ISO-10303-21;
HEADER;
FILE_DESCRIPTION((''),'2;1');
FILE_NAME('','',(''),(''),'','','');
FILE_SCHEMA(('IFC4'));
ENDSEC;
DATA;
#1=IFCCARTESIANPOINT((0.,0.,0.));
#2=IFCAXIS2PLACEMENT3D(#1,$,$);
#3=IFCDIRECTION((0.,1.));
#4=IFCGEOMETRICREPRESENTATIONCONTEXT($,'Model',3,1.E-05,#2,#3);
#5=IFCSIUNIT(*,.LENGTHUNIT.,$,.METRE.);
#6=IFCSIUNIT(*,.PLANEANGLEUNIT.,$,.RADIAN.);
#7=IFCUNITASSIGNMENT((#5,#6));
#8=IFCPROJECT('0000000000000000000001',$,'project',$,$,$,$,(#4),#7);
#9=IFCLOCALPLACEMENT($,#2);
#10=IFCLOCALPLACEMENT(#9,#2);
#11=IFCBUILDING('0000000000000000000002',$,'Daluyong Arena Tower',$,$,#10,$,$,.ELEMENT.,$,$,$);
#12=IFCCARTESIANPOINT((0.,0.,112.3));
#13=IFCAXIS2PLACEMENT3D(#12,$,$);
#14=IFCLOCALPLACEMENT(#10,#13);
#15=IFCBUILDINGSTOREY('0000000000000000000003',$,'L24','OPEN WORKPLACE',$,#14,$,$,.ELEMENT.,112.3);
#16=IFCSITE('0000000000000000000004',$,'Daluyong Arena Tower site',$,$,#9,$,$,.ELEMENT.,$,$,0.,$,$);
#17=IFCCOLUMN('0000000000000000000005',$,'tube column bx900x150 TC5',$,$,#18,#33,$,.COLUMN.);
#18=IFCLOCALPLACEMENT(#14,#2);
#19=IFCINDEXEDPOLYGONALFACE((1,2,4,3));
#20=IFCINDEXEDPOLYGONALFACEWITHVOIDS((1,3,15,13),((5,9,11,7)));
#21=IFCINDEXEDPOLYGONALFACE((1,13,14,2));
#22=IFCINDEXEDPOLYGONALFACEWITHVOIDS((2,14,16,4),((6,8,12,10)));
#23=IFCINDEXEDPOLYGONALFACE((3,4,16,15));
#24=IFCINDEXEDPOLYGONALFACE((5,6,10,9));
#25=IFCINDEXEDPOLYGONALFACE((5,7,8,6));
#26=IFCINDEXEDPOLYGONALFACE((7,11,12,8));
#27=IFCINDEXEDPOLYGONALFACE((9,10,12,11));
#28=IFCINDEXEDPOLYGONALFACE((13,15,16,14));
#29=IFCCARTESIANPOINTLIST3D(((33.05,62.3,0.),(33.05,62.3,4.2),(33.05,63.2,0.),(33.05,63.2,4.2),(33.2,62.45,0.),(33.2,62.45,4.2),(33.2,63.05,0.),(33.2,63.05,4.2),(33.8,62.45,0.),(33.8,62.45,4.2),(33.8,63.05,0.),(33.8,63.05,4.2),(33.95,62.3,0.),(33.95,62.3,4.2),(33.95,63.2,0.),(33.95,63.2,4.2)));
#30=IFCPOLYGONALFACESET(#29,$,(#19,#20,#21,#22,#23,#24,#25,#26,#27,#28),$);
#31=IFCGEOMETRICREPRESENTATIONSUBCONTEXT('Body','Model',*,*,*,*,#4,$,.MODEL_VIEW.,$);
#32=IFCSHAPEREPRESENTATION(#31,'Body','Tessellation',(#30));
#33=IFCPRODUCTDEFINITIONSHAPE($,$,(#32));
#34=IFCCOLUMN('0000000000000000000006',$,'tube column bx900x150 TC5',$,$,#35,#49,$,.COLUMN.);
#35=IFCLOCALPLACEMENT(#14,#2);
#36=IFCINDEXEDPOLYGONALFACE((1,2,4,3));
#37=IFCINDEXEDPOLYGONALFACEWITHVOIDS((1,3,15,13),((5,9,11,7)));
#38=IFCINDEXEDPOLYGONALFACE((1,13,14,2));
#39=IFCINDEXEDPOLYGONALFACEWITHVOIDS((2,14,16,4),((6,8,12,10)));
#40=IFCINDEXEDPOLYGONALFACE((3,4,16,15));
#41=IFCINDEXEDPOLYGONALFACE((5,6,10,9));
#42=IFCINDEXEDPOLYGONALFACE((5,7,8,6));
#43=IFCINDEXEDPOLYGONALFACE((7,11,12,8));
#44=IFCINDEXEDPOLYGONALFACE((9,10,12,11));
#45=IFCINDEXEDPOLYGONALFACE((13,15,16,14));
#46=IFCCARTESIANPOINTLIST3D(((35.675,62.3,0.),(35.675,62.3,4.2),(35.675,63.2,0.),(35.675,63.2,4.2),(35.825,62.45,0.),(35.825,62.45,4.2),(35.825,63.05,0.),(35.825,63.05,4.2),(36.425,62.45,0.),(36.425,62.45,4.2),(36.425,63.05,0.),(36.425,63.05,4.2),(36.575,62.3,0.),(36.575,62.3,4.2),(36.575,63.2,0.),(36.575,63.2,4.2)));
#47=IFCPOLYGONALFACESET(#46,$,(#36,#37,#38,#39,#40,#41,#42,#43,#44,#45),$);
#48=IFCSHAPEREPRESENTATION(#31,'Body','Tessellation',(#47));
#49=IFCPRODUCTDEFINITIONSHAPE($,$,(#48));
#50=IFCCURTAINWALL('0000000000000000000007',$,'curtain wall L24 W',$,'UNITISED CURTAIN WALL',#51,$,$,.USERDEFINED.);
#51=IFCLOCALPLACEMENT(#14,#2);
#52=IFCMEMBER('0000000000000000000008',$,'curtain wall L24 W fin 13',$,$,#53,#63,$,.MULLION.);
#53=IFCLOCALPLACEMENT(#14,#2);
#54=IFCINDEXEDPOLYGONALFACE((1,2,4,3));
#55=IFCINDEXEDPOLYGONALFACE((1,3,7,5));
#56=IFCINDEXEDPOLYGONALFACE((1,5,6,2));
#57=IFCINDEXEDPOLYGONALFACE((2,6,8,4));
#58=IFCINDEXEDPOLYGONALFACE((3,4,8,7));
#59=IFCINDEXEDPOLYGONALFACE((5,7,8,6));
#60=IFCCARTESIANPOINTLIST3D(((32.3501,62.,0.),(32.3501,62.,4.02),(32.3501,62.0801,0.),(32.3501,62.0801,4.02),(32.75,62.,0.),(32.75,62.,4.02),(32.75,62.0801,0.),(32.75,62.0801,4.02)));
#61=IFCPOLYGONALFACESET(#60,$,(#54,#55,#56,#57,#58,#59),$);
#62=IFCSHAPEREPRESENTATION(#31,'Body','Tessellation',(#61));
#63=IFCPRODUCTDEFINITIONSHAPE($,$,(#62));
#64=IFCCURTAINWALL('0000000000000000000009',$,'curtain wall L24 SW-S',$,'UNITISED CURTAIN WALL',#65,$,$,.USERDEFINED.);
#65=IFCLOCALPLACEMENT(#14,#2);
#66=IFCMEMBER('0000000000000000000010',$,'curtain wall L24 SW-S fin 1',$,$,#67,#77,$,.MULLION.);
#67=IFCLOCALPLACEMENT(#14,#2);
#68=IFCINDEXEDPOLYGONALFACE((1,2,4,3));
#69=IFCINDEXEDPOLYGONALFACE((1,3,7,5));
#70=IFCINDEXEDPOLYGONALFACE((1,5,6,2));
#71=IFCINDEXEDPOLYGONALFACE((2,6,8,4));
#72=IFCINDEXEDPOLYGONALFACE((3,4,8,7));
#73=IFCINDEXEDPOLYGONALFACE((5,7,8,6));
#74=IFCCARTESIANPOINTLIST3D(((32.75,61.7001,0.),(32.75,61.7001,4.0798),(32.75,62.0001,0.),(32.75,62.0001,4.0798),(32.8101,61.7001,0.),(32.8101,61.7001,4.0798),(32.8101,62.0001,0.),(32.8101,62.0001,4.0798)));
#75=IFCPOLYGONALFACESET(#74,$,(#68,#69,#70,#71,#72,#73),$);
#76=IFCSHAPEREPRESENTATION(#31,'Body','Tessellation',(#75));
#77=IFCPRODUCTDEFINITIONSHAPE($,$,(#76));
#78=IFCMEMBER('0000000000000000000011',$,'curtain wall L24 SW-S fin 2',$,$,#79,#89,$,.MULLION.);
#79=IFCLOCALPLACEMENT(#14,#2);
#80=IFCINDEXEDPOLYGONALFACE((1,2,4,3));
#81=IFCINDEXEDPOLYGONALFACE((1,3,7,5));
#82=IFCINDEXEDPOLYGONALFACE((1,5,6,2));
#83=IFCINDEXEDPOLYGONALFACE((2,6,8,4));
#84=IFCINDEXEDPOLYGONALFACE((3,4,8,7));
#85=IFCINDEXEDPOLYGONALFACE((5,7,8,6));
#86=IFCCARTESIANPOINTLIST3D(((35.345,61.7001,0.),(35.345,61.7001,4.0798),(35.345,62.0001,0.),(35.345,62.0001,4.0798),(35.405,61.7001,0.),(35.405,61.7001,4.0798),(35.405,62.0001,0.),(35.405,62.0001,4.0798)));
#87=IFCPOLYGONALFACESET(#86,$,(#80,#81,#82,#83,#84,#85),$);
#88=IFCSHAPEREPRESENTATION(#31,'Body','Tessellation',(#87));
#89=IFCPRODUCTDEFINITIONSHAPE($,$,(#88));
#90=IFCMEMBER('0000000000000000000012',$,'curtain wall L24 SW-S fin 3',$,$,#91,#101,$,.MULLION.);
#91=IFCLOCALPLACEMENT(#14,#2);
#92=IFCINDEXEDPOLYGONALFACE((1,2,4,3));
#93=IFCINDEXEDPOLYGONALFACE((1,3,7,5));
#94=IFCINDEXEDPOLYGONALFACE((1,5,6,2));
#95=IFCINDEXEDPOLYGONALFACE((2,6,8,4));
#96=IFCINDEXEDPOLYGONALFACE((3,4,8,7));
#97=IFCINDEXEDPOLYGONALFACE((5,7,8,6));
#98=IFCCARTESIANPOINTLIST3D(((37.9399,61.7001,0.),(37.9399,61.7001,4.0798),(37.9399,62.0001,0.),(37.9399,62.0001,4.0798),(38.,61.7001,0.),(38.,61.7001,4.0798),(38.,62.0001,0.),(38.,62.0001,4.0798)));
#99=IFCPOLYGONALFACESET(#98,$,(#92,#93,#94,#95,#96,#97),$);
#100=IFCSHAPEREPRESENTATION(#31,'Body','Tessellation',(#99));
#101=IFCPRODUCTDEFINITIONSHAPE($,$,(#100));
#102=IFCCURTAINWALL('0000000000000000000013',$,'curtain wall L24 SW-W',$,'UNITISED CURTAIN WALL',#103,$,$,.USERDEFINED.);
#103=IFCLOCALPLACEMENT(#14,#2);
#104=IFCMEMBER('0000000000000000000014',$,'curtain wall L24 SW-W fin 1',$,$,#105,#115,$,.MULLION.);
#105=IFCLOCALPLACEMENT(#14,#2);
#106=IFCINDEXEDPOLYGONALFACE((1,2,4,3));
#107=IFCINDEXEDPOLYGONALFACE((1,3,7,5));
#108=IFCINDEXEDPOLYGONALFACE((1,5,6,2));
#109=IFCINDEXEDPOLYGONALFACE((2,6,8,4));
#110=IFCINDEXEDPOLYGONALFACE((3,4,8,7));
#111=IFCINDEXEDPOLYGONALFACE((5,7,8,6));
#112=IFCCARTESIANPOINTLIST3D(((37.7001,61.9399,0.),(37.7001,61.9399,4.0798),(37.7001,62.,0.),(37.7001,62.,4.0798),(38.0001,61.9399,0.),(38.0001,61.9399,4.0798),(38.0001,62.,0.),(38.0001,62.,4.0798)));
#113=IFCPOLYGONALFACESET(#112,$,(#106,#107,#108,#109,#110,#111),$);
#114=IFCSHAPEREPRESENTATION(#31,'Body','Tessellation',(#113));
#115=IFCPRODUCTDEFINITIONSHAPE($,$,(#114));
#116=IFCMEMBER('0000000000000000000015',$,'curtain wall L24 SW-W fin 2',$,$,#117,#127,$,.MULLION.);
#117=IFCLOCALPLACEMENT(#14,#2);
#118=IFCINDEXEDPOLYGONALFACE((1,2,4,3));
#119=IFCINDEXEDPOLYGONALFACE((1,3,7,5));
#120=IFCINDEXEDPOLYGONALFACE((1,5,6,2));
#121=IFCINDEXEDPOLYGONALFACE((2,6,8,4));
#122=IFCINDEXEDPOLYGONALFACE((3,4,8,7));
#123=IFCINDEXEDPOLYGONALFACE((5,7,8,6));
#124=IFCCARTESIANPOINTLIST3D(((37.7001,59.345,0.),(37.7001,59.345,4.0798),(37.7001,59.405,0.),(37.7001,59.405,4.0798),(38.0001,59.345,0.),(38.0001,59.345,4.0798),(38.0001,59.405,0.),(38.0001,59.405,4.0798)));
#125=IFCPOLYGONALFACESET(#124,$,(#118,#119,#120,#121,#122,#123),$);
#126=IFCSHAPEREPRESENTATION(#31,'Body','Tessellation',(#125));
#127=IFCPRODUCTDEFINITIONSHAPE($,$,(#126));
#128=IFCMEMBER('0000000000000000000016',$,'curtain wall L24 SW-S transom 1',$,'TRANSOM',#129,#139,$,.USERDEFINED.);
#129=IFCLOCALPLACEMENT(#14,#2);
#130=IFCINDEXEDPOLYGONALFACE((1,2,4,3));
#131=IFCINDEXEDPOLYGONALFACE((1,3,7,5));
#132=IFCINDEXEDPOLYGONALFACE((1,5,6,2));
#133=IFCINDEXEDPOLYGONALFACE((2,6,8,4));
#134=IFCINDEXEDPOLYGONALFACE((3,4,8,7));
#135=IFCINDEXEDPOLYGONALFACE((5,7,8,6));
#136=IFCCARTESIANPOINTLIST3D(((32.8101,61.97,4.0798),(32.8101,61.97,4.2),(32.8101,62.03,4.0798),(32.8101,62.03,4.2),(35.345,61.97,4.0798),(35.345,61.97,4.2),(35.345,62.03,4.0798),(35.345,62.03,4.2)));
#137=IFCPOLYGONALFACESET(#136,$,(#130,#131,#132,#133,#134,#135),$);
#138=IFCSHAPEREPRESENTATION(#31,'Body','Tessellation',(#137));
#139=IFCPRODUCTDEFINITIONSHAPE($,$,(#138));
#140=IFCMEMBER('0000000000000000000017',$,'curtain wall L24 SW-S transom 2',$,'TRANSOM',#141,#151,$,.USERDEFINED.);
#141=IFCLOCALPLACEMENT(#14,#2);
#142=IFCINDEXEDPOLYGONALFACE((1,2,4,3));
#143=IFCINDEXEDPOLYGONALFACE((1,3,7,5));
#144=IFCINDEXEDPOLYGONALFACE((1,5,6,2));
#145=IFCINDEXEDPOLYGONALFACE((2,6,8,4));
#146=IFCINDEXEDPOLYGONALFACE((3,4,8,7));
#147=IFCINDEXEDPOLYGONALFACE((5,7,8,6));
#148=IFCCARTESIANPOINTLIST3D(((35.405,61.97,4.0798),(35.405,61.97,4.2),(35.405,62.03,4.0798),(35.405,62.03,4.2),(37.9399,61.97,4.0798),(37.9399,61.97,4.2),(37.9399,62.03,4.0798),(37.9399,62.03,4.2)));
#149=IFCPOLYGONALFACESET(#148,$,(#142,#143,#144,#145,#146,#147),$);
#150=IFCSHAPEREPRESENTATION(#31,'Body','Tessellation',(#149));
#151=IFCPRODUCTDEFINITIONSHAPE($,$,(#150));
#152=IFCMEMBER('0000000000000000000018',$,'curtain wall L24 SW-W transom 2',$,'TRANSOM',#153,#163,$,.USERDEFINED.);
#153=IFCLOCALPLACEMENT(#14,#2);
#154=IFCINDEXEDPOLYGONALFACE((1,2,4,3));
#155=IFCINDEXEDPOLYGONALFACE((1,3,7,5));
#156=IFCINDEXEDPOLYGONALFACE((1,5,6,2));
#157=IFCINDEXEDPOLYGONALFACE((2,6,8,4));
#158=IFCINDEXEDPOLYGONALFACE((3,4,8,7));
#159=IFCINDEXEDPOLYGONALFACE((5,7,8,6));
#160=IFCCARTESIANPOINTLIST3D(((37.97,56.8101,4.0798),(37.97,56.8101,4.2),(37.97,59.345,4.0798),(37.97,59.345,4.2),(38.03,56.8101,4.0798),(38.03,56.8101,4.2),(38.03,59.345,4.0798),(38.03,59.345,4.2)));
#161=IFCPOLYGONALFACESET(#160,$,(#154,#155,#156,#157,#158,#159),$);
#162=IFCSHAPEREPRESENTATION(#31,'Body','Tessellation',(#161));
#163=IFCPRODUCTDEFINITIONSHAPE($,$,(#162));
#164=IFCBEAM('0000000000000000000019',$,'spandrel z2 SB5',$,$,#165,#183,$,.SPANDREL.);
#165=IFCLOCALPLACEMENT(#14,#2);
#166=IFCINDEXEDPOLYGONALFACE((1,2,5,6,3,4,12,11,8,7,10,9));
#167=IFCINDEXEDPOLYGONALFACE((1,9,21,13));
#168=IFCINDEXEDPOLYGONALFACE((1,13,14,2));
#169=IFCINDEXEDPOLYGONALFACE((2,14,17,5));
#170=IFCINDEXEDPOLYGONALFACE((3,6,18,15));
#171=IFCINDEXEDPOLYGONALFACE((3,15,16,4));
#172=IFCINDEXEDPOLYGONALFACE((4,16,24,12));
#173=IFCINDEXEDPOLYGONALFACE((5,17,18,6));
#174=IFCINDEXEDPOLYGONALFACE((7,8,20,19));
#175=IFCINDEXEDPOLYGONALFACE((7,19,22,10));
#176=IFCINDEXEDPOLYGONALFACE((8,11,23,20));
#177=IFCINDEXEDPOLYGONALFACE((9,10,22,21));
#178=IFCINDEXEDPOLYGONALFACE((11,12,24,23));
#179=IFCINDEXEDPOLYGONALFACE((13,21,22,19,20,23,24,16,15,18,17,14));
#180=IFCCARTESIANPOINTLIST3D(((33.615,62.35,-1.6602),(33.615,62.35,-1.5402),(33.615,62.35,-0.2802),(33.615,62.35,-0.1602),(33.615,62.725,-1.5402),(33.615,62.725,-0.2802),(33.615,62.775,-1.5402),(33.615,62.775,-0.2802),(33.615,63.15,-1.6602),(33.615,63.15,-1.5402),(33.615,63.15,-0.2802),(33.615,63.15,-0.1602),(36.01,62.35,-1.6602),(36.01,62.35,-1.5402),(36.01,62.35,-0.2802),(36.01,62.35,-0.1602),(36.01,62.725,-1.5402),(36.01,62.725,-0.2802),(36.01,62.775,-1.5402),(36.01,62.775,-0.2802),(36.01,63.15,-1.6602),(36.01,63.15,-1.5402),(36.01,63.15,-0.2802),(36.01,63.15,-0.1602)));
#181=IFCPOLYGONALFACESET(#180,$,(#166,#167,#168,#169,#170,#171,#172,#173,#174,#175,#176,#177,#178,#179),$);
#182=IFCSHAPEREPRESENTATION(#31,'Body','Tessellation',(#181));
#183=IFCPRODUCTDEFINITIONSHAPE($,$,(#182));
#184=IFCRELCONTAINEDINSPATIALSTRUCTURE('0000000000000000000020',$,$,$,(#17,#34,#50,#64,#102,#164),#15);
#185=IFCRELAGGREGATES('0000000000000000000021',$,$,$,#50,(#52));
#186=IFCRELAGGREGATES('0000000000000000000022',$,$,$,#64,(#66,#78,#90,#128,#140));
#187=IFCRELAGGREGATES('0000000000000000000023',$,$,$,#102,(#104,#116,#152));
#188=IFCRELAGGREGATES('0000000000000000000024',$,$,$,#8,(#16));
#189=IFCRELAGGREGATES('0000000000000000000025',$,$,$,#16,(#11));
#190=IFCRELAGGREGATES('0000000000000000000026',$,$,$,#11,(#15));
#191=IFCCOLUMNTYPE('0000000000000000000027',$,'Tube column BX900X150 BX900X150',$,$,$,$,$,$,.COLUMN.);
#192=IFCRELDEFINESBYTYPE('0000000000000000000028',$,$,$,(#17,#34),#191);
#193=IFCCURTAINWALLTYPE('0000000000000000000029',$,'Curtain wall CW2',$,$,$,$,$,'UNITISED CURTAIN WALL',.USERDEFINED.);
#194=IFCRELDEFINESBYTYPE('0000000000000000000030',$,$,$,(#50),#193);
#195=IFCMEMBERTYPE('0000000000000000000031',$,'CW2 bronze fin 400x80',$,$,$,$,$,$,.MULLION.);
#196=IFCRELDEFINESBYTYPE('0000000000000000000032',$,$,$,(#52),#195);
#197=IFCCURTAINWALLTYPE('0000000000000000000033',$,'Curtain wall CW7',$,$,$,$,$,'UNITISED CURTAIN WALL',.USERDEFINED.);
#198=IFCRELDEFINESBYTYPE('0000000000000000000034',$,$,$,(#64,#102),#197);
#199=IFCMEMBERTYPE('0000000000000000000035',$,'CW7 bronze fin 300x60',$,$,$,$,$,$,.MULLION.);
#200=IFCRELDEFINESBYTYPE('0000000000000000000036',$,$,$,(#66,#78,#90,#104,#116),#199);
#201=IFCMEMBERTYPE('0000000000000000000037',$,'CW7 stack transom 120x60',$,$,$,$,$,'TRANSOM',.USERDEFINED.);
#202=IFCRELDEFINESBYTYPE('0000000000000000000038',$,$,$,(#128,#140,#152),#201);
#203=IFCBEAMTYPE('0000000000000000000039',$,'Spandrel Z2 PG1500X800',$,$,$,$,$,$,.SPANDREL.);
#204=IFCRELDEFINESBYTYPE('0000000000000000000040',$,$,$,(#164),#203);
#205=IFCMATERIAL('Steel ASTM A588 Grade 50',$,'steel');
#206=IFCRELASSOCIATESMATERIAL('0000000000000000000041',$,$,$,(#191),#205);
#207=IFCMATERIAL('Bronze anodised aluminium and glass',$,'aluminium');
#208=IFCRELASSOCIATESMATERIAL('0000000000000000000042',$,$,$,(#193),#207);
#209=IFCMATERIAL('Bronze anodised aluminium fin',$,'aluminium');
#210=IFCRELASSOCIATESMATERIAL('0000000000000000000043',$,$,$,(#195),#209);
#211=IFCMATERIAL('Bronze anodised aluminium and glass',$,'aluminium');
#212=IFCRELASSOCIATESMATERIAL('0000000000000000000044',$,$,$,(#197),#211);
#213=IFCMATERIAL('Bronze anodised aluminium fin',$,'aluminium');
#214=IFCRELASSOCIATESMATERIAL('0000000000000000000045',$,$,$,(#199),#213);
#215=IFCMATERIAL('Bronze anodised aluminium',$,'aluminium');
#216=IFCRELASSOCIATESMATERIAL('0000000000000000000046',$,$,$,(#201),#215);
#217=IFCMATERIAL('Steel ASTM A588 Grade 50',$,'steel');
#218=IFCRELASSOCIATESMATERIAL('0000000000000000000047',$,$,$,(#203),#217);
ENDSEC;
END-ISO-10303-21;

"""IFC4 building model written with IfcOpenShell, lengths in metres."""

from ifc_helpers import new_model, si_unit, direction, frame, origin, origin_2d, place, context, subcontext, project, spatial, rectangle, hollow_rectangle, i_section, extrude, material, material_profile, profile_set, type_object, element, aggregate, save


model = new_model("IFC4")

# Units and contexts
model_context = context("Model", 3, precision=1e-05, world=origin(), true_north=direction((0.0, 1.0)))
body_context = subcontext(model_context, "Body", "Model", "MODEL_VIEW")
ifc_project = project(units=[si_unit("LENGTHUNIT", "METRE"), si_unit("PLANEANGLEUNIT", "RADIAN")], contexts=[model_context])

# Site, building, storey
site_placement = place(None, origin())
site = spatial("IfcSite", under=ifc_project, at=site_placement, Name="Daluyong Arena Tower site", CompositionType="ELEMENT", RefElevation=0.0)
building_placement = place(site_placement, origin())
building = spatial("IfcBuilding", under=site, at=building_placement, Name="Daluyong Arena Tower", CompositionType="ELEMENT")
storey_placement = place(building_placement, frame((0.0, 0.0, 112.3)))
storey = spatial("IfcBuildingStorey", under=building, at=storey_placement, Name="L24", Description="OPEN WORKPLACE", CompositionType="ELEMENT", Elevation=112.3)

# Columns
ifc_material_1 = material(Name="Steel ASTM A588 Grade 50", Category="steel")
ifc_material_profile_1 = material_profile(ifc_material_1, hollow_rectangle(XDim=0.8999, YDim=0.8999, WallThickness=0.15, at=origin_2d()))
ifc_profile_set_1 = profile_set([ifc_material_profile_1], Name="Steel ASTM A588 Grade 50")
column_type = type_object("IfcColumnType", Name="Tube column BX900X150 BX900X150", PredefinedType="COLUMN", material=ifc_profile_set_1)
for number, where, z_axis, x_axis, name in (
    (1, (33.5, 62.75, 0.0), (0.0, 0.0, 1.0), (1.0, 0.0, 0.0), "tube column bx900x150 TC5"),
    (2, (36.125, 62.75, 0.0), (0.0, 0.0, 1.0), (1.0, 0.0, 0.0), "tube column bx900x150 TC5"),
):
    element("IfcColumn", number, at=place(storey_placement, frame(where, z_axis=z_axis, x_axis=x_axis)), inside=storey, type_object=column_type, Name=name, PredefinedType="COLUMN", context=body_context, shape_type="SweptSolid", body=[
        extrude(hollow_rectangle(XDim=0.8999, YDim=0.8999, WallThickness=0.15, at=origin_2d()), origin(), (0.0, 0.0, 1.0), 4.2),
    ])

# Curtain wall, member
ifc_material_2 = material(Name="Bronze anodised aluminium and glass", Category="aluminium")
curtain_wall_type_1 = type_object("IfcCurtainWallType", Name="Curtain wall CW2", ElementType="UNITISED CURTAIN WALL", PredefinedType="USERDEFINED", material=ifc_material_2)
curtain_wall_1_placement = place(storey_placement, origin())
curtain_wall_1 = element("IfcCurtainWall", 3, at=curtain_wall_1_placement, inside=storey, type_object=curtain_wall_type_1, Name="curtain wall L24 W", ObjectType="UNITISED CURTAIN WALL", PredefinedType="USERDEFINED")
ifc_material_3 = material(Name="Bronze anodised aluminium fin", Category="aluminium")
ifc_material_profile_2 = material_profile(ifc_material_3, rectangle(XDim=0.3999, YDim=0.0801, at=origin_2d()))
ifc_profile_set_2 = profile_set([ifc_material_profile_2], Name="Bronze anodised aluminium fin")
member_type_1 = type_object("IfcMemberType", Name="CW2 bronze fin 400x80", PredefinedType="MULLION", material=ifc_profile_set_2)
member_1_placement = place(storey_placement, frame((32.55, 62.04, 0.0), z_axis=(0.0, 0.0, 1.0), x_axis=(1.0, 0.0, 0.0)))
member_1 = element("IfcMember", 4, at=member_1_placement, type_object=member_type_1, Name="curtain wall L24 W fin 13", PredefinedType="MULLION", context=body_context, shape_type="SweptSolid", body=[
    extrude(rectangle(XDim=0.3999, YDim=0.0801, at=origin_2d()), origin(), (0.0, 0.0, 1.0), 4.02),
])

# Curtain walls, members
ifc_material_4 = material(Name="Bronze anodised aluminium and glass", Category="aluminium")
curtain_wall_type_2 = type_object("IfcCurtainWallType", Name="Curtain wall CW7", ElementType="UNITISED CURTAIN WALL", PredefinedType="USERDEFINED", material=ifc_material_4)
curtain_wall_2_placement = place(storey_placement, origin())
curtain_wall_2 = element("IfcCurtainWall", 5, at=curtain_wall_2_placement, inside=storey, type_object=curtain_wall_type_2, Name="curtain wall L24 SW-S", ObjectType="UNITISED CURTAIN WALL", PredefinedType="USERDEFINED")
ifc_material_5 = material(Name="Bronze anodised aluminium fin", Category="aluminium")
ifc_material_profile_3 = material_profile(ifc_material_5, rectangle(XDim=0.3, YDim=0.0601, at=origin_2d()))
ifc_profile_set_3 = profile_set([ifc_material_profile_3], Name="Bronze anodised aluminium fin")
member_type_2 = type_object("IfcMemberType", Name="CW7 bronze fin 300x60", PredefinedType="MULLION", material=ifc_profile_set_3)
member_2_placement = place(storey_placement, frame((32.78, 61.8501, 0.0), z_axis=(0.0, 0.0, 1.0), x_axis=(0.0, 1.0, 0.0)))
member_2 = element("IfcMember", 6, at=member_2_placement, type_object=member_type_2, Name="curtain wall L24 SW-S fin 1", PredefinedType="MULLION", context=body_context, shape_type="SweptSolid", body=[
    extrude(rectangle(XDim=0.3, YDim=0.0601, at=origin_2d()), origin(), (0.0, 0.0, 1.0), 4.0798),
])
member_3_placement = place(storey_placement, frame((35.375, 61.8501, 0.0), z_axis=(0.0, 0.0, 1.0), x_axis=(0.0, 1.0, 0.0)))
member_3 = element("IfcMember", 7, at=member_3_placement, type_object=member_type_2, Name="curtain wall L24 SW-S fin 2", PredefinedType="MULLION", context=body_context, shape_type="SweptSolid", body=[
    extrude(rectangle(XDim=0.3, YDim=0.0601, at=origin_2d()), origin(), (0.0, 0.0, 1.0), 4.0798),
])
member_4_placement = place(storey_placement, frame((37.97, 61.8501, 0.0), z_axis=(0.0, 0.0, 1.0), x_axis=(0.0, 1.0, 0.0)))
member_4 = element("IfcMember", 8, at=member_4_placement, type_object=member_type_2, Name="curtain wall L24 SW-S fin 3", PredefinedType="MULLION", context=body_context, shape_type="SweptSolid", body=[
    extrude(rectangle(XDim=0.3, YDim=0.0601, at=origin_2d()), origin(), (0.0, 0.0, 1.0), 4.0798),
])
curtain_wall_3_placement = place(storey_placement, origin())
curtain_wall_3 = element("IfcCurtainWall", 9, at=curtain_wall_3_placement, inside=storey, type_object=curtain_wall_type_2, Name="curtain wall L24 SW-W", ObjectType="UNITISED CURTAIN WALL", PredefinedType="USERDEFINED")
member_5_placement = place(storey_placement, frame((37.8501, 61.97, 0.0), z_axis=(0.0, 0.0, 1.0), x_axis=(1.0, 0.0, 0.0)))
member_5 = element("IfcMember", 10, at=member_5_placement, type_object=member_type_2, Name="curtain wall L24 SW-W fin 1", PredefinedType="MULLION", context=body_context, shape_type="SweptSolid", body=[
    extrude(rectangle(XDim=0.3, YDim=0.0601, at=origin_2d()), origin(), (0.0, 0.0, 1.0), 4.0798),
])
member_6_placement = place(storey_placement, frame((37.8501, 59.375, 0.0), z_axis=(0.0, 0.0, 1.0), x_axis=(1.0, 0.0, 0.0)))
member_6 = element("IfcMember", 11, at=member_6_placement, type_object=member_type_2, Name="curtain wall L24 SW-W fin 2", PredefinedType="MULLION", context=body_context, shape_type="SweptSolid", body=[
    extrude(rectangle(XDim=0.3, YDim=0.0601, at=origin_2d()), origin(), (0.0, 0.0, 1.0), 4.0798),
])

# Members
ifc_material_6 = material(Name="Bronze anodised aluminium", Category="aluminium")
ifc_material_profile_4 = material_profile(ifc_material_6, rectangle(XDim=0.0601, YDim=0.1201, at=origin_2d()))
ifc_profile_set_4 = profile_set([ifc_material_profile_4], Name="Bronze anodised aluminium")
member_type_3 = type_object("IfcMemberType", Name="CW7 stack transom 120x60", ElementType="TRANSOM", PredefinedType="USERDEFINED", material=ifc_profile_set_4)
member_7_placement = place(storey_placement, frame((32.8101, 62.0, 4.1399), z_axis=(1.0, 0.0, 0.0), x_axis=(0.0, 1.0, 0.0)))
member_7 = element("IfcMember", 12, at=member_7_placement, type_object=member_type_3, Name="curtain wall L24 SW-S transom 1", ObjectType="TRANSOM", PredefinedType="USERDEFINED", context=body_context, shape_type="SweptSolid", body=[
    extrude(rectangle(XDim=0.0601, YDim=0.1201, at=origin_2d()), origin(), (0.0, 0.0, 1.0), 2.5349),
])
member_8_placement = place(storey_placement, frame((35.405, 62.0, 4.1399), z_axis=(1.0, 0.0, 0.0), x_axis=(0.0, 1.0, 0.0)))
member_8 = element("IfcMember", 13, at=member_8_placement, type_object=member_type_3, Name="curtain wall L24 SW-S transom 2", ObjectType="TRANSOM", PredefinedType="USERDEFINED", context=body_context, shape_type="SweptSolid", body=[
    extrude(rectangle(XDim=0.0601, YDim=0.1201, at=origin_2d()), origin(), (0.0, 0.0, 1.0), 2.5349),
])
member_9_placement = place(storey_placement, frame((38.0, 59.345, 4.1399), z_axis=(0.0, -1.0, 0.0), x_axis=(1.0, 0.0, 0.0)))
member_9 = element("IfcMember", 14, at=member_9_placement, type_object=member_type_3, Name="curtain wall L24 SW-W transom 2", ObjectType="TRANSOM", PredefinedType="USERDEFINED", context=body_context, shape_type="SweptSolid", body=[
    extrude(rectangle(XDim=0.0601, YDim=0.1201, at=origin_2d()), origin(), (0.0, 0.0, 1.0), 2.5349),
])

# Beam
ifc_material_7 = material(Name="Steel ASTM A588 Grade 50", Category="steel")
ifc_material_profile_5 = material_profile(ifc_material_7, i_section(OverallWidth=0.8, OverallDepth=1.5, WebThickness=0.05, FlangeThickness=0.12, at=origin_2d()))
ifc_profile_set_5 = profile_set([ifc_material_profile_5], Name="Steel ASTM A588 Grade 50")
beam_type = type_object("IfcBeamType", Name="Spandrel Z2 PG1500X800", PredefinedType="SPANDREL", material=ifc_profile_set_5)
for number, where, z_axis, x_axis, name in (
    (15, (33.615, 62.75, -0.9102), (1.0, 0.0, 0.0), (0.0, 1.0, 0.0), "spandrel z2 SB5"),
):
    element("IfcBeam", number, at=place(storey_placement, frame(where, z_axis=z_axis, x_axis=x_axis)), inside=storey, type_object=beam_type, Name=name, PredefinedType="SPANDREL", context=body_context, shape_type="SweptSolid", body=[
        extrude(i_section(OverallWidth=0.8, OverallDepth=1.5, WebThickness=0.05, FlangeThickness=0.12, at=origin_2d()), origin(), (0.0, 0.0, 1.0), 2.395),
    ])

aggregate(curtain_wall_1, [member_1])
aggregate(curtain_wall_2, [member_2, member_3, member_4, member_7, member_8])
aggregate(curtain_wall_3, [member_5, member_6, member_9])

save(model, "model.ifc")
